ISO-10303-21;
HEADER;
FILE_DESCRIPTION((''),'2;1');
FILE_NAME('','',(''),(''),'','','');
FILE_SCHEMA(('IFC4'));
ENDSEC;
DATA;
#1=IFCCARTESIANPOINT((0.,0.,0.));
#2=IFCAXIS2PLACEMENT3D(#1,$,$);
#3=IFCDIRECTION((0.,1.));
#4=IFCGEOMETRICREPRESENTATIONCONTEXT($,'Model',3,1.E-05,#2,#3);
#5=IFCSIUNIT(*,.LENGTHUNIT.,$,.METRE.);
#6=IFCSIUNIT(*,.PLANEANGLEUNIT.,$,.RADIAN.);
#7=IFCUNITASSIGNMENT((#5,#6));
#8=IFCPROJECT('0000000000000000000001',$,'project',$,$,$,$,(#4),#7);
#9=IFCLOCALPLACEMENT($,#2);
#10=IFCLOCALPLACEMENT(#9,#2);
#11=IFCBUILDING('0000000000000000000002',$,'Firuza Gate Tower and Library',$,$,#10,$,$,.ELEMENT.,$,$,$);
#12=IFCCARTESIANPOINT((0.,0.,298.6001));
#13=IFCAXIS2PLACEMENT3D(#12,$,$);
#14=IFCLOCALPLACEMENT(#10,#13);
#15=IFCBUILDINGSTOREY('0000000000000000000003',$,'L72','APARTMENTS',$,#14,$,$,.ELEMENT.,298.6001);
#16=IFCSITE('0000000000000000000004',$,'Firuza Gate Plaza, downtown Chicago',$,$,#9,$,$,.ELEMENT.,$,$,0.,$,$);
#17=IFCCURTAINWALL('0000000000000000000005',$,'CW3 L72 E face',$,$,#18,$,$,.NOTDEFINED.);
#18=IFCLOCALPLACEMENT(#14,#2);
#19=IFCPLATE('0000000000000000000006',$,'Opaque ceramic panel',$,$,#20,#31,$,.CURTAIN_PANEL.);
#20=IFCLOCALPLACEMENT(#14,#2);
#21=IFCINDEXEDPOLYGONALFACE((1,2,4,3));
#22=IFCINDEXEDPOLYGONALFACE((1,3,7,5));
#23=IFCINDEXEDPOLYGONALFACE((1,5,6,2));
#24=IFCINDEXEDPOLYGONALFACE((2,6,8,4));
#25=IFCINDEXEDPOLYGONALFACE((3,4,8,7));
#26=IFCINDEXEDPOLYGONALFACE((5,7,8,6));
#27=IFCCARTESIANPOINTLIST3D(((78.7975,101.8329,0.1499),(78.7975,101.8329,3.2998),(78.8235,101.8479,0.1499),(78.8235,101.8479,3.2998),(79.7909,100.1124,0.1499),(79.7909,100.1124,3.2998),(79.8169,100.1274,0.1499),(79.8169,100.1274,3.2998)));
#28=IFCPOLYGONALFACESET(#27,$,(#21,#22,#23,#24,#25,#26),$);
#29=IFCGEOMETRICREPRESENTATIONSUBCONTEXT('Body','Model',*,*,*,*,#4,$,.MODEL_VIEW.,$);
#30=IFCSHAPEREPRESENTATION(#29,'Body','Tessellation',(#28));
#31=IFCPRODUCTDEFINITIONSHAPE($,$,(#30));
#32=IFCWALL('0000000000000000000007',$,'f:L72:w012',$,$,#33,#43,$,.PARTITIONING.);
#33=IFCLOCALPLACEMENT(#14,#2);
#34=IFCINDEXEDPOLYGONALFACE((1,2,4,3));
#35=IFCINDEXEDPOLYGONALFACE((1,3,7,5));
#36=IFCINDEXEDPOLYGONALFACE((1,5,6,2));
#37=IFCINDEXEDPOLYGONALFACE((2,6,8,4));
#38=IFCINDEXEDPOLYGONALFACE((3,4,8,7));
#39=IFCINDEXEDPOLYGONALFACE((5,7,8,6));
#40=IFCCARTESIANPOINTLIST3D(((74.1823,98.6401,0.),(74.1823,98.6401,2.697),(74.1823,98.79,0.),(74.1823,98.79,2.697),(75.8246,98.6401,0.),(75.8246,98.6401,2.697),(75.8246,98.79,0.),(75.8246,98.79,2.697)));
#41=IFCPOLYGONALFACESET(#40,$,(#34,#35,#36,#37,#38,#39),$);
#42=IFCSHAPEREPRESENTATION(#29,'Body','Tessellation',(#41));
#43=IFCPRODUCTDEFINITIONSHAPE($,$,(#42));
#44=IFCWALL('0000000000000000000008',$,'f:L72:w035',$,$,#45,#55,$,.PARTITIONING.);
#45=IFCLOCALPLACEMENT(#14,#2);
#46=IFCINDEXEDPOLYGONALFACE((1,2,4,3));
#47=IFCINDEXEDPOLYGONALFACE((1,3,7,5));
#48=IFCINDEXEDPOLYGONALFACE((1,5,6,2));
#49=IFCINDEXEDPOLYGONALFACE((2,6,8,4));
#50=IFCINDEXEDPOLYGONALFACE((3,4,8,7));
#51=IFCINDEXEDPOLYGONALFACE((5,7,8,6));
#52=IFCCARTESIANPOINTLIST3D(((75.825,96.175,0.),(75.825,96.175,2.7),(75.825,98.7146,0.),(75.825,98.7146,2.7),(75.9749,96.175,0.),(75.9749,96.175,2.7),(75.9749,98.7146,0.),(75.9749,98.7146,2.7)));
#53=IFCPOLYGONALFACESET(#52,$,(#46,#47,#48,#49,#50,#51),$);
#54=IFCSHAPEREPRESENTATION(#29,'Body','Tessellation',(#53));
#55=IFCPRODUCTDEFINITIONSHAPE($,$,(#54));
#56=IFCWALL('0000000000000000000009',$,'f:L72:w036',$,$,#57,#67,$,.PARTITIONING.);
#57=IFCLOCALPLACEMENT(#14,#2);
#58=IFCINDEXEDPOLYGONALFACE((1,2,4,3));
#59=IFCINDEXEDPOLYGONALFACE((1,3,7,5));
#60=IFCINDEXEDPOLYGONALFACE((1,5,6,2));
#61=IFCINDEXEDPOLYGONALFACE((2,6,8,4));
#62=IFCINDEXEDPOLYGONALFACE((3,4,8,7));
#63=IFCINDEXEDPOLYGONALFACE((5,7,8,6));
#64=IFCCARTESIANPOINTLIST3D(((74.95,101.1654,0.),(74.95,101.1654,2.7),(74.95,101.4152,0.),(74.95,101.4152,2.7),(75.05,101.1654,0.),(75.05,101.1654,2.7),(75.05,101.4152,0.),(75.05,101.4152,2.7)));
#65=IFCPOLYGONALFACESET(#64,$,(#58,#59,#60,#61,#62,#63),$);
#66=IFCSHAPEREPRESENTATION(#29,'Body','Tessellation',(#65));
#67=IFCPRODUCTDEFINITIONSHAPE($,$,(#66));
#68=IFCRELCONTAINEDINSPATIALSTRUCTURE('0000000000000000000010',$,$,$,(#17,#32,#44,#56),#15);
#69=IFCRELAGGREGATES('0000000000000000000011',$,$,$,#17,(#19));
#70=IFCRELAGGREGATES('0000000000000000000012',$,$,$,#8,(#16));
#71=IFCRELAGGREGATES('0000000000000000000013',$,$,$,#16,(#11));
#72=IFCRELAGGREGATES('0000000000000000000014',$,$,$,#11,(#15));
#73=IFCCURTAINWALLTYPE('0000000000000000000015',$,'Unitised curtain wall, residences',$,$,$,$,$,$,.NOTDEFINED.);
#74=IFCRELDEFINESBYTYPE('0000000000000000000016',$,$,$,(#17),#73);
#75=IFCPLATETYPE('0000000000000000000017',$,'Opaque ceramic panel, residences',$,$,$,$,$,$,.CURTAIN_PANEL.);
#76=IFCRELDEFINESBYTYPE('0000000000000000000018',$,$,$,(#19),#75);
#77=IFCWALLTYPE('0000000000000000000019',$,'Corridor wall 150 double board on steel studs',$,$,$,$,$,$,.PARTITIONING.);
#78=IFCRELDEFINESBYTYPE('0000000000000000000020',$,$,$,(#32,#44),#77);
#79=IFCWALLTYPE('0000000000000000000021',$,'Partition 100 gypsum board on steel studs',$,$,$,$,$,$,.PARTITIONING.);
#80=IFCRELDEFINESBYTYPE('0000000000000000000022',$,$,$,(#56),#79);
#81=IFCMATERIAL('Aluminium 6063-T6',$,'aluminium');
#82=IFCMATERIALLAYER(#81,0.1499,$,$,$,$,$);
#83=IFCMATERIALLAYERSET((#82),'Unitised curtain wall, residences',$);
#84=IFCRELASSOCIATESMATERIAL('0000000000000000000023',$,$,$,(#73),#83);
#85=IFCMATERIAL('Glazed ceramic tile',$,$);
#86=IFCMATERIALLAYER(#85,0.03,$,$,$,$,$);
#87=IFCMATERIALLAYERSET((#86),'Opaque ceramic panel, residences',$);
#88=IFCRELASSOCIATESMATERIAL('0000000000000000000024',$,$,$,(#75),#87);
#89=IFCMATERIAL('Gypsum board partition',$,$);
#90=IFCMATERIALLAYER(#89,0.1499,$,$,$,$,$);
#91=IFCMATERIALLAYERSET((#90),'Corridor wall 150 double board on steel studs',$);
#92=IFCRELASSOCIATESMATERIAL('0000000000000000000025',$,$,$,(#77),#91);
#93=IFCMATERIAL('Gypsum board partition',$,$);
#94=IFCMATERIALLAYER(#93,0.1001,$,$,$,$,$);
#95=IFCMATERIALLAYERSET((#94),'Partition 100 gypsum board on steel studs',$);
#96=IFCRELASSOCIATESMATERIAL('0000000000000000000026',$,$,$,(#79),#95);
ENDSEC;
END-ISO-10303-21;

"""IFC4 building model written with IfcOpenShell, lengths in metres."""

from ifc_helpers import new_model, si_unit, direction, frame, frame_2d, origin, place, context, subcontext, project, spatial, polyline, rectangle, outline, extrude, material, layer, layer_set, type_object, element, aggregate, save


model = new_model("IFC4")

# Units and contexts
model_context = context("Model", 3, precision=1e-05, world=origin(), true_north=direction((0.0, 1.0)))
body_context = subcontext(model_context, "Body", "Model", "MODEL_VIEW")
ifc_project = project(units=[si_unit("LENGTHUNIT", "METRE"), si_unit("PLANEANGLEUNIT", "RADIAN")], contexts=[model_context])

# Site, building, storey
site_placement = place(None, origin())
site = spatial("IfcSite", under=ifc_project, at=site_placement, Name="Firuza Gate Plaza, downtown Chicago", CompositionType="ELEMENT", RefElevation=0.0)
building_placement = place(site_placement, origin())
building = spatial("IfcBuilding", under=site, at=building_placement, Name="Firuza Gate Tower and Library", CompositionType="ELEMENT")
storey_placement = place(building_placement, frame((0.0, 0.0, 298.6001)))
storey = spatial("IfcBuildingStorey", under=building, at=storey_placement, Name="L72", Description="APARTMENTS", CompositionType="ELEMENT", Elevation=298.6001)

# Curtain wall
placement = place(storey_placement, origin())
ifc_material_1 = material(Name="Aluminium 6063-T6", Category="aluminium")
ifc_layer_1 = layer(ifc_material_1, 0.1499)
ifc_layer_set_1 = layer_set([ifc_layer_1], Name="Unitised curtain wall, residences")
curtain_wall_type_1 = type_object("IfcCurtainWallType", Name="Unitised curtain wall, residences", PredefinedType="NOTDEFINED", material=ifc_layer_set_1)
curtain_wall_1 = element("IfcCurtainWall", 1, at=placement, inside=storey, type_object=curtain_wall_type_1, Name="CW3 L72 E face", PredefinedType="NOTDEFINED")

# Plate
ifc_material_2 = material(Name="Glazed ceramic tile")
ifc_layer_2 = layer(ifc_material_2, 0.03)
ifc_layer_set_2 = layer_set([ifc_layer_2], Name="Opaque ceramic panel, residences")
plate_type_1 = type_object("IfcPlateType", Name="Opaque ceramic panel, residences", PredefinedType="CURTAIN_PANEL", material=ifc_layer_set_2)
plate_1_placement = place(storey_placement, frame((79.8169, 100.1274, 0.1499), z_axis=(0.866003, 0.500038, 0.0), x_axis=(-0.500038, 0.866003, 0.0)))
plate_1 = element("IfcPlate", 2, at=plate_1_placement, type_object=plate_type_1, Name="Opaque ceramic panel", PredefinedType="CURTAIN_PANEL", context=body_context, shape_type="SweptSolid", body=[
    extrude(outline(polyline([(0.0, 0.0), (1.9867, 0.0), (1.9867, 3.1499), (0.0, 3.1499), (0.0, 0.0)])), origin(), (0.0, 0.0, -1.0), 0.03),
])
aggregate(curtain_wall_1, [plate_1])

# Walls
ifc_material_3 = material(Name="Gypsum board partition")
ifc_layer_3 = layer(ifc_material_3, 0.1499)
ifc_layer_set_3 = layer_set([ifc_layer_3], Name="Corridor wall 150 double board on steel studs")
wall_type_1 = type_object("IfcWallType", Name="Corridor wall 150 double board on steel studs", PredefinedType="PARTITIONING", material=ifc_layer_set_3)
wall_1_placement = place(storey_placement, frame((74.1821, 98.7151, 0.0), z_axis=(0.0, 0.0, 1.0), x_axis=(1.0, 0.0, 0.0)))
element("IfcWall", 3, at=wall_1_placement, inside=storey, type_object=wall_type_1, Name="f:L72:w012", PredefinedType="PARTITIONING", context=body_context, shape_type="SweptSolid", body=[
    extrude(rectangle(XDim=1.6423, YDim=0.1499, at=frame_2d((0.8213, 0.0))), origin(), (0.0, 0.0, 1.0), 2.697),
])
wall_2_placement = place(storey_placement, frame((75.8999, 96.175, 0.0), z_axis=(0.0, 0.0, 1.0), x_axis=(0.0, 1.0, 0.0)))
element("IfcWall", 4, at=wall_2_placement, inside=storey, type_object=wall_type_1, Name="f:L72:w035", PredefinedType="PARTITIONING", context=body_context, shape_type="SweptSolid", body=[
    extrude(rectangle(XDim=2.5396, YDim=0.1499, at=frame_2d((1.2698, 0.0))), origin(), (0.0, 0.0, 1.0), 2.7),
])
ifc_material_4 = material(Name="Gypsum board partition")
ifc_layer_4 = layer(ifc_material_4, 0.1001)
ifc_layer_set_4 = layer_set([ifc_layer_4], Name="Partition 100 gypsum board on steel studs")
wall_type_2 = type_object("IfcWallType", Name="Partition 100 gypsum board on steel studs", PredefinedType="PARTITIONING", material=ifc_layer_set_4)
wall_3_placement = place(storey_placement, frame((75.0, 101.1653, 0.0), z_axis=(0.0, 0.0, 1.0), x_axis=(0.0, 1.0, 0.0)))
element("IfcWall", 5, at=wall_3_placement, inside=storey, type_object=wall_type_2, Name="f:L72:w036", PredefinedType="PARTITIONING", context=body_context, shape_type="SweptSolid", body=[
    extrude(rectangle(XDim=0.2498, YDim=0.1001, at=frame_2d((0.125, 0.0))), origin(), (0.0, 0.0, 1.0), 2.7),
])

save(model, "model.ifc")
